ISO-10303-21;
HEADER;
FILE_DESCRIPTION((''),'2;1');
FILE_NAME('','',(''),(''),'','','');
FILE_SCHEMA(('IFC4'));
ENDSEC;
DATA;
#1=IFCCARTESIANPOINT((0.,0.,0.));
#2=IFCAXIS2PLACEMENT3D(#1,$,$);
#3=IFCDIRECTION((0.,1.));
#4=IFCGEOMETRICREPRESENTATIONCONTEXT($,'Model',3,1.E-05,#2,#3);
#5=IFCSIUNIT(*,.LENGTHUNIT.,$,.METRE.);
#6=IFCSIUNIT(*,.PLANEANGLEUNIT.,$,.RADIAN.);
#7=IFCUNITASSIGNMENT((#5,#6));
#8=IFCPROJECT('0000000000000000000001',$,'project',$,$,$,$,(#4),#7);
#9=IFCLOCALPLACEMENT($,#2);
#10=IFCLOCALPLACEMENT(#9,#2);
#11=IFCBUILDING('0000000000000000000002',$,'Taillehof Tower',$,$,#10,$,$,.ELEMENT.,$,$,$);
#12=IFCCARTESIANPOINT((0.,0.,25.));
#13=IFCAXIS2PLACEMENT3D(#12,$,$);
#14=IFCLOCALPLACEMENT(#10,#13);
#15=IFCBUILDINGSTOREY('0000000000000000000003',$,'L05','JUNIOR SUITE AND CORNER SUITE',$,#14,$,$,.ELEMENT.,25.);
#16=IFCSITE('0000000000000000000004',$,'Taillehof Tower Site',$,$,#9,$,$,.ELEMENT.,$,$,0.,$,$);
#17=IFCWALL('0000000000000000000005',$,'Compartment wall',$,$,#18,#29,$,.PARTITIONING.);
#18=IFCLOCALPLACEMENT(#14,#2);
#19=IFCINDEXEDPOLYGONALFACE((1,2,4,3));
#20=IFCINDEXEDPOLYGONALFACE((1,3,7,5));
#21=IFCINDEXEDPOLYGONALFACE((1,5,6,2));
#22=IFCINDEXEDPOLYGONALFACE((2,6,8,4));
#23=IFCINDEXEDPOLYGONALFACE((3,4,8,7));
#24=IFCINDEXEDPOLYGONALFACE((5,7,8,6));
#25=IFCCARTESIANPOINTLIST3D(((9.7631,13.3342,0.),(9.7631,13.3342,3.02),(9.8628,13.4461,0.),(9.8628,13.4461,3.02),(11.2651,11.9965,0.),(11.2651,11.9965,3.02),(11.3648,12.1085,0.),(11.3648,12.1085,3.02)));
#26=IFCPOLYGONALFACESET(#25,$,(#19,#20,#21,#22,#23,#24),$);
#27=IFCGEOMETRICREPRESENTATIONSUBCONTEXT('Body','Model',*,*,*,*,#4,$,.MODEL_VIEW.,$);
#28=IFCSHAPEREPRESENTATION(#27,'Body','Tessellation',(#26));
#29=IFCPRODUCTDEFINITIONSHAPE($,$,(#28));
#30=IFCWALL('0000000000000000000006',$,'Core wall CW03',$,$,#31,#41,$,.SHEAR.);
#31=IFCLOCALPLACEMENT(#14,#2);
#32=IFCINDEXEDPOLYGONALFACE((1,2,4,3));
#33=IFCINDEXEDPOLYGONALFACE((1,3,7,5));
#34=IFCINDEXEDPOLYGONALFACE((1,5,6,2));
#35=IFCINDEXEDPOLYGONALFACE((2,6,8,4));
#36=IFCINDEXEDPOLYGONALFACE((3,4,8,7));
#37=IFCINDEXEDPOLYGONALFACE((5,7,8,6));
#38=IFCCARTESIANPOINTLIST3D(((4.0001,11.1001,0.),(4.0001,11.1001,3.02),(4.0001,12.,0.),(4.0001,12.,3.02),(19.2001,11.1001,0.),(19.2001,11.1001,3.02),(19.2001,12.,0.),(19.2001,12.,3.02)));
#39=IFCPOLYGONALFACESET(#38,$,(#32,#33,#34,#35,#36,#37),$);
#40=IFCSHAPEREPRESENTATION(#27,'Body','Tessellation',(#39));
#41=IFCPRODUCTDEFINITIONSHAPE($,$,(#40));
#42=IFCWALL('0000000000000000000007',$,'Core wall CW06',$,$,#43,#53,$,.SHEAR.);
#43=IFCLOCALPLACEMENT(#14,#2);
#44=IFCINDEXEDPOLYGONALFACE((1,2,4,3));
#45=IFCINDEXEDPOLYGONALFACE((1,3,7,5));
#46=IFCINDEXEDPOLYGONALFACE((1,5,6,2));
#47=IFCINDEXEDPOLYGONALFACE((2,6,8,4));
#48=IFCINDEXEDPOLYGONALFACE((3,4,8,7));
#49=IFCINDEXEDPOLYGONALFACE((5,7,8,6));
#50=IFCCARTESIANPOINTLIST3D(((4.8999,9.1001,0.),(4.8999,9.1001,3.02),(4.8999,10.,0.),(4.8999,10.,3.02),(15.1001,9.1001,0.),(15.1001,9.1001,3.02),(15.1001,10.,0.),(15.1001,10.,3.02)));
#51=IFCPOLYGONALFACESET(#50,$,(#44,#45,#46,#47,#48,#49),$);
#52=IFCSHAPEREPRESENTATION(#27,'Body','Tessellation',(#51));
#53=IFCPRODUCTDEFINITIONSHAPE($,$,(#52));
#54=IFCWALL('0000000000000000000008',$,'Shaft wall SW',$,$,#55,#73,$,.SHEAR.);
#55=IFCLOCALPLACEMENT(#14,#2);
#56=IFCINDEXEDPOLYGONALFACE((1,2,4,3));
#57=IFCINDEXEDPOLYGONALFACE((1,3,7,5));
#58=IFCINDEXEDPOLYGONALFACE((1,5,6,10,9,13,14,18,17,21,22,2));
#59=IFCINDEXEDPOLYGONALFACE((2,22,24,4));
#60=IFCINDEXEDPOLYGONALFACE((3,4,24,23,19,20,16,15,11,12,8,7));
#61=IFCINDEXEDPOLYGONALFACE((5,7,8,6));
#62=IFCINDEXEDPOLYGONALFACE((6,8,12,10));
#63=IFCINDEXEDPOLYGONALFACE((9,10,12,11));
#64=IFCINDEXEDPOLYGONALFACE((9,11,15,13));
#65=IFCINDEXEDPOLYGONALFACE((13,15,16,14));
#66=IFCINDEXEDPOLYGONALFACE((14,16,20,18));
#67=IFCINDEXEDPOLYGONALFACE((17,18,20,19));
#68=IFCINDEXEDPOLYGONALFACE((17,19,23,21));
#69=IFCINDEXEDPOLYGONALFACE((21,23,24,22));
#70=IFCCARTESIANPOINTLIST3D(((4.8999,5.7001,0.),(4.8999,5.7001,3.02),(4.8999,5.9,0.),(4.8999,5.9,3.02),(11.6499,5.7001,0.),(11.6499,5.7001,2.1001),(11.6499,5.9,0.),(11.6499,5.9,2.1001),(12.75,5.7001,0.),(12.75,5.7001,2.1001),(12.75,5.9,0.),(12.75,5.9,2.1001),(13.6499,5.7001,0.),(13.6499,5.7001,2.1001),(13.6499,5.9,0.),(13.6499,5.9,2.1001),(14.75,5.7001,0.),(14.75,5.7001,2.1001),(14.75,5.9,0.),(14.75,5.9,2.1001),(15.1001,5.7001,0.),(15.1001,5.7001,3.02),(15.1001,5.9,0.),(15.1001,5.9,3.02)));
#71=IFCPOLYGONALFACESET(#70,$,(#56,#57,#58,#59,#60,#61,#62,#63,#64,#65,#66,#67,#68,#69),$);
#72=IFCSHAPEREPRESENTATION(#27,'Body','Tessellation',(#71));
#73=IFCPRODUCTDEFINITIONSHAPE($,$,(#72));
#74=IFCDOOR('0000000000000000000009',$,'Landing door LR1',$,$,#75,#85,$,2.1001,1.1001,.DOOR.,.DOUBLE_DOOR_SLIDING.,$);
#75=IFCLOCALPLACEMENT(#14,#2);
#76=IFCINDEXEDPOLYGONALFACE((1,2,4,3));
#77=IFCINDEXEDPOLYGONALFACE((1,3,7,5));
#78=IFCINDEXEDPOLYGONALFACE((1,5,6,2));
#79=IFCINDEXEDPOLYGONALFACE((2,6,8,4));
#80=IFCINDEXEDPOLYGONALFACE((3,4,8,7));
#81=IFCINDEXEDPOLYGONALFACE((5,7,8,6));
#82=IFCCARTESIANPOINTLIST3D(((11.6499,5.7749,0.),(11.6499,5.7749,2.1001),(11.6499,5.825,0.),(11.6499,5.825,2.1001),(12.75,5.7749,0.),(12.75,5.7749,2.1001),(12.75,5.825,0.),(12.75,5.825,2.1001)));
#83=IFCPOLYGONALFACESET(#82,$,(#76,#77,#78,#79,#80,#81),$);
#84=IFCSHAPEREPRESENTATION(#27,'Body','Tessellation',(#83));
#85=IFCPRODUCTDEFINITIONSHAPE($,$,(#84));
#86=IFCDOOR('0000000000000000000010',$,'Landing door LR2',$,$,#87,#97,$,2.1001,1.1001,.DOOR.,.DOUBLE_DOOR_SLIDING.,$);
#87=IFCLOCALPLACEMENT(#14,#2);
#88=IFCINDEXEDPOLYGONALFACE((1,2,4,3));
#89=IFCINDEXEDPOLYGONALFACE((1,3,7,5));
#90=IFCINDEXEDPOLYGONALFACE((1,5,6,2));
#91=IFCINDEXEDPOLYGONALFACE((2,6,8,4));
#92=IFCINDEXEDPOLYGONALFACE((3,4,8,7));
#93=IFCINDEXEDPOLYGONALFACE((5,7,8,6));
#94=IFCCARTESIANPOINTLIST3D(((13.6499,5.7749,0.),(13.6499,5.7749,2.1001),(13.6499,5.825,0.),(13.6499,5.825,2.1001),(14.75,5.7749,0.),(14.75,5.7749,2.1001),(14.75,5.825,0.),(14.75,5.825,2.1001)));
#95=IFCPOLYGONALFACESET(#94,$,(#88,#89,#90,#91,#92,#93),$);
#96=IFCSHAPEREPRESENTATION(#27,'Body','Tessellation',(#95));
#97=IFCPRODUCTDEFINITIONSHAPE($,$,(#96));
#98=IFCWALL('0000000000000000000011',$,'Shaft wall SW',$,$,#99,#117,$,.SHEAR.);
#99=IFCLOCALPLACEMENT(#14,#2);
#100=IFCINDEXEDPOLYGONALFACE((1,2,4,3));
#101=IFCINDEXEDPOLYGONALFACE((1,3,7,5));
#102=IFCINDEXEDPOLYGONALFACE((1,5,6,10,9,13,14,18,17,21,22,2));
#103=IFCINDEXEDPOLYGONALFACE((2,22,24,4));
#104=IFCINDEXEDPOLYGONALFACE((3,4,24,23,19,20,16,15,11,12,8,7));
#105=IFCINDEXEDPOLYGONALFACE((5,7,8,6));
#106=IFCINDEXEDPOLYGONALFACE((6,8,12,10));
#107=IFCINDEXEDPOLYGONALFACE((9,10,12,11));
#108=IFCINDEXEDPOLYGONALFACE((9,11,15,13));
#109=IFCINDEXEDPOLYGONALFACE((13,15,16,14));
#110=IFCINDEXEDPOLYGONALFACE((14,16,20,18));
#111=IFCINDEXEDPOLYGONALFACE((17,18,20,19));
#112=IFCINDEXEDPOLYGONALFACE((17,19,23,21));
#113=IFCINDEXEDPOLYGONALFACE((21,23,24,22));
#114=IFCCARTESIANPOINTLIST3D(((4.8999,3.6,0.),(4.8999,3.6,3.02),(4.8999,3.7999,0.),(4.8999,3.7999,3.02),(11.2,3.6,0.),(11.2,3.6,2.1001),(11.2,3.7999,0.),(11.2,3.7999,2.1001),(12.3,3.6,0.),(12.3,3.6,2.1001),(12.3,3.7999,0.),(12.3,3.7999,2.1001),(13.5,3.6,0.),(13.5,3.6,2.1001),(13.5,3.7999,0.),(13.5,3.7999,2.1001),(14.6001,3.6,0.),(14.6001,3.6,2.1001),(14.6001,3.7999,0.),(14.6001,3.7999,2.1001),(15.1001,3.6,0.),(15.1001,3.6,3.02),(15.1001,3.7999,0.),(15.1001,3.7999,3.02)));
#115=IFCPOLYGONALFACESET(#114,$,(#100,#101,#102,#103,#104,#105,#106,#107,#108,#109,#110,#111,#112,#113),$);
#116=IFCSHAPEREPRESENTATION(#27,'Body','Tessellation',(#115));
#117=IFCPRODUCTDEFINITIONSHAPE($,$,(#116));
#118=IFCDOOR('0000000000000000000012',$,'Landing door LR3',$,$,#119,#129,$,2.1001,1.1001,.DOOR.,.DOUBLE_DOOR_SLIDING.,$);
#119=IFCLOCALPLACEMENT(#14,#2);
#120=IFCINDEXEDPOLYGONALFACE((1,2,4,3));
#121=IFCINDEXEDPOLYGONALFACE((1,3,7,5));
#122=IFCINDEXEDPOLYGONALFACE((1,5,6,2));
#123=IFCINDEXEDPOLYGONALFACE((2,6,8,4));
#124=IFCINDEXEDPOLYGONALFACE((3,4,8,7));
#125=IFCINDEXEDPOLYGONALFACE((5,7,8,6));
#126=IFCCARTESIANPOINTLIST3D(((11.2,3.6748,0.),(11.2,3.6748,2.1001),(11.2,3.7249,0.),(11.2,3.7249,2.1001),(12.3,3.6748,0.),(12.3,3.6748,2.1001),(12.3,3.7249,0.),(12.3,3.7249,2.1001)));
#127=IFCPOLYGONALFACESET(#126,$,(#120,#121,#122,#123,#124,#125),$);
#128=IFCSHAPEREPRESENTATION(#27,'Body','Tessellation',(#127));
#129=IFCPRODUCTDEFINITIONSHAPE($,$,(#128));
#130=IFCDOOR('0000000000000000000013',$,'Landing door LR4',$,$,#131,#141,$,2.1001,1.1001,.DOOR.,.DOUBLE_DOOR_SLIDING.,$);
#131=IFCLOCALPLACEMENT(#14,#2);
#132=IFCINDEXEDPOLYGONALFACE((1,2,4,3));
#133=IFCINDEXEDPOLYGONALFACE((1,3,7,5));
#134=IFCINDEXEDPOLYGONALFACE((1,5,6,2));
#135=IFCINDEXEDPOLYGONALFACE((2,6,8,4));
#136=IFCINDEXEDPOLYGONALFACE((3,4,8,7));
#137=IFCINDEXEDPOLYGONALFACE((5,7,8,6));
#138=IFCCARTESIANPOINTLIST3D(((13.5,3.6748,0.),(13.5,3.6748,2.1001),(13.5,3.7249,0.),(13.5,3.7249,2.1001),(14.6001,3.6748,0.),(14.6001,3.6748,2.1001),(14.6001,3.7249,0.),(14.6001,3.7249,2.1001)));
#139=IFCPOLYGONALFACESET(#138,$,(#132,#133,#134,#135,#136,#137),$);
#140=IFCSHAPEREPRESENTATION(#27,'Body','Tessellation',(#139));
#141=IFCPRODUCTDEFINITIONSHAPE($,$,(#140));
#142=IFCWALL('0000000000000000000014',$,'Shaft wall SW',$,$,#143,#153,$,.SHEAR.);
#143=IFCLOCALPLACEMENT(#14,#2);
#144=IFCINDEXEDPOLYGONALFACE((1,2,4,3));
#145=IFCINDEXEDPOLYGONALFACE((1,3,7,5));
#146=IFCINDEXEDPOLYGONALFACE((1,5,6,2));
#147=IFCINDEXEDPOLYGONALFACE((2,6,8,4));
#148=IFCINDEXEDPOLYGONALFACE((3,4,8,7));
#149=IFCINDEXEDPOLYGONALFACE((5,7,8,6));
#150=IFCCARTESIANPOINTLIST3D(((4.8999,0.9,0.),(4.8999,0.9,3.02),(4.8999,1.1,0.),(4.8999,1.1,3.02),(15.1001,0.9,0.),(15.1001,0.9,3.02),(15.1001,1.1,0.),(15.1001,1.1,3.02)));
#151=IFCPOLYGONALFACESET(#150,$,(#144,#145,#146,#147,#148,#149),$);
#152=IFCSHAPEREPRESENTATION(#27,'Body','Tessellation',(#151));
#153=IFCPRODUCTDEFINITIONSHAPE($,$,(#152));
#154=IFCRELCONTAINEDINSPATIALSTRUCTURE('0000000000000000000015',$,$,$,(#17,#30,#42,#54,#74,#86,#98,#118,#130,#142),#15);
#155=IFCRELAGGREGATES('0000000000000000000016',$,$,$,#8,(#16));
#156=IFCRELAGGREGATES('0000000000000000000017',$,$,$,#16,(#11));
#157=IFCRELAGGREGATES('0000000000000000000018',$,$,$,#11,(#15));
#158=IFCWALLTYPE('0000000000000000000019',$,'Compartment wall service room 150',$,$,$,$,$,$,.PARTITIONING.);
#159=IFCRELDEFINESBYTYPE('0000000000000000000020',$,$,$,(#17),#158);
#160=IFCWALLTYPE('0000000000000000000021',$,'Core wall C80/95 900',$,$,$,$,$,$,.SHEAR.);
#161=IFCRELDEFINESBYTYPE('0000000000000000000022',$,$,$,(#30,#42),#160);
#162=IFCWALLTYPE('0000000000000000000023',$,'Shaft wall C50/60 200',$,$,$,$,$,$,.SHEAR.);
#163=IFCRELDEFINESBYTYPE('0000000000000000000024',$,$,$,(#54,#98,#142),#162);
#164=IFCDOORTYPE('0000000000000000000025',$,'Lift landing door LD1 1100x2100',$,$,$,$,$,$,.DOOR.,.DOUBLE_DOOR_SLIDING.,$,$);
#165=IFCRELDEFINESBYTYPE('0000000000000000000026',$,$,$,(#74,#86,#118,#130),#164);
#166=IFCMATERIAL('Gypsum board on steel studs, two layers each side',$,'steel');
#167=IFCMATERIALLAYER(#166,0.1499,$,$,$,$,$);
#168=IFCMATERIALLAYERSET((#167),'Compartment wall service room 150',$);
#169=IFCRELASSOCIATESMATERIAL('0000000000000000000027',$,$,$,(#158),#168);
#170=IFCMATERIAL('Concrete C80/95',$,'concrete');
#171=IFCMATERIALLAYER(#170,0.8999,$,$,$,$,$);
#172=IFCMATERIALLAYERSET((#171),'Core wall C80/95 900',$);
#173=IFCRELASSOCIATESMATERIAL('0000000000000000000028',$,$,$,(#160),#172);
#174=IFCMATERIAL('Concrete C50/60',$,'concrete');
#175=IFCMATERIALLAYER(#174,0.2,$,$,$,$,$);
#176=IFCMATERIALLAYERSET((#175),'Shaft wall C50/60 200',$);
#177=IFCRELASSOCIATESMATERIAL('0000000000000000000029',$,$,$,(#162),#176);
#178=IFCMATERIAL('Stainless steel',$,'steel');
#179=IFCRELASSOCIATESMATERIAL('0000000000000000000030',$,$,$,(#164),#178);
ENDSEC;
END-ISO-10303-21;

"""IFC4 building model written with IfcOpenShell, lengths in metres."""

from ifc_helpers import new_model, si_unit, direction, frame, frame_2d, origin, place, context, subcontext, project, spatial, rectangle, extrude, material, layer, layer_set, type_object, element, fill, save


model = new_model("IFC4")

# Units and contexts
model_context = context("Model", 3, precision=1e-05, world=origin(), true_north=direction((0.0, 1.0)))
body_context = subcontext(model_context, "Body", "Model", "MODEL_VIEW")
ifc_project = project(units=[si_unit("LENGTHUNIT", "METRE"), si_unit("PLANEANGLEUNIT", "RADIAN")], contexts=[model_context])

# Site, building, storey
site_placement = place(None, origin())
site = spatial("IfcSite", under=ifc_project, at=site_placement, Name="Taillehof Tower Site", CompositionType="ELEMENT", RefElevation=0.0)
building_placement = place(site_placement, origin())
building = spatial("IfcBuilding", under=site, at=building_placement, Name="Taillehof Tower", CompositionType="ELEMENT")
storey_placement = place(building_placement, frame((0.0, 0.0, 25.0)))
storey = spatial("IfcBuildingStorey", under=building, at=storey_placement, Name="L05", Description="JUNIOR SUITE AND CORNER SUITE", CompositionType="ELEMENT", Elevation=25.0)

# Shared definitions
ifc_material_1 = material(Name="Gypsum board on steel studs, two layers each side", Category="steel")
ifc_layer_1 = layer(ifc_material_1, 0.1499)
ifc_layer_set_1 = layer_set([ifc_layer_1], Name="Compartment wall service room 150")
wall_type_1 = type_object("IfcWallType", Name="Compartment wall service room 150", PredefinedType="PARTITIONING", material=ifc_layer_set_1)

# Walls
wall_1_placement = place(storey_placement, frame((9.813, 13.3901, 0.0), z_axis=(0.0, 0.0, 1.0), x_axis=(0.746773, -0.665079, 0.0)))
element("IfcWall", 1, at=wall_1_placement, inside=storey, type_object=wall_type_1, Name="Compartment wall", PredefinedType="PARTITIONING", context=body_context, shape_type="SweptSolid", body=[
    extrude(rectangle(XDim=2.0112, YDim=0.1499, at=frame_2d((1.0056, 0.0))), origin(), (0.0, 0.0, 1.0), 3.02),
])
ifc_material_2 = material(Name="Concrete C80/95", Category="concrete")
ifc_layer_2 = layer(ifc_material_2, 0.8999)
ifc_layer_set_2 = layer_set([ifc_layer_2], Name="Core wall C80/95 900")
wall_type_2 = type_object("IfcWallType", Name="Core wall C80/95 900", PredefinedType="SHEAR", material=ifc_layer_set_2)
wall_2_placement = place(storey_placement, frame((4.0, 11.55, 0.0), z_axis=(0.0, 0.0, 1.0), x_axis=(1.0, 0.0, 0.0)))
element("IfcWall", 2, at=wall_2_placement, inside=storey, type_object=wall_type_2, Name="Core wall CW03", PredefinedType="SHEAR", context=body_context, shape_type="SweptSolid", body=[
    extrude(rectangle(XDim=15.2, YDim=0.8999, at=frame_2d((7.6001, 0.0))), origin(), (0.0, 0.0, 1.0), 3.02),
])
wall_3_placement = place(storey_placement, frame((4.8999, 9.55, 0.0), z_axis=(0.0, 0.0, 1.0), x_axis=(1.0, 0.0, 0.0)))
element("IfcWall", 3, at=wall_3_placement, inside=storey, type_object=wall_type_2, Name="Core wall CW06", PredefinedType="SHEAR", context=body_context, shape_type="SweptSolid", body=[
    extrude(rectangle(XDim=10.2002, YDim=0.8999, at=frame_2d((5.1001, 0.0))), origin(), (0.0, 0.0, 1.0), 3.02),
])

# Walls, openings, doors
ifc_material_3 = material(Name="Concrete C50/60", Category="concrete")
ifc_layer_3 = layer(ifc_material_3, 0.2)
ifc_layer_set_3 = layer_set([ifc_layer_3], Name="Shaft wall C50/60 200")
wall_type_3 = type_object("IfcWallType", Name="Shaft wall C50/60 200", PredefinedType="SHEAR", material=ifc_layer_set_3)
wall_4_placement = place(storey_placement, frame((4.8999, 5.8, 0.0), z_axis=(0.0, 0.0, 1.0), x_axis=(1.0, 0.0, 0.0)))
wall_4 = element("IfcWall", 4, at=wall_4_placement, inside=storey, type_object=wall_type_3, Name="Shaft wall SW", PredefinedType="SHEAR", context=body_context, shape_type="SweptSolid", body=[
    extrude(rectangle(XDim=10.2002, YDim=0.2, at=frame_2d((5.1001, 0.0))), origin(), (0.0, 0.0, 1.0), 3.02),
])
opening_1_placement = place(wall_4_placement, frame((6.75, 0.0, 0.0)))
opening_1 = element("IfcOpeningElement", 5, at=opening_1_placement, cuts=wall_4, PredefinedType="OPENING", context=body_context, shape_type="SweptSolid", body=[
    extrude(rectangle(XDim=1.1001, YDim=2.1001, at=frame_2d((0.55, 1.05))), frame((0.0, 0.1099, 0.0), z_axis=(0.0, -1.0, 0.0), x_axis=(1.0, 0.0, 0.0)), (0.0, 0.0, 1.0), 0.22),
])
opening_2_placement = place(wall_4_placement, frame((8.75, 0.0, 0.0)))
opening_2 = element("IfcOpeningElement", 6, at=opening_2_placement, cuts=wall_4, PredefinedType="OPENING", context=body_context, shape_type="SweptSolid", body=[
    extrude(rectangle(XDim=1.1001, YDim=2.1001, at=frame_2d((0.55, 1.05))), frame((0.0, 0.1099, 0.0), z_axis=(0.0, -1.0, 0.0), x_axis=(1.0, 0.0, 0.0)), (0.0, 0.0, 1.0), 0.22),
])
ifc_material_4 = material(Name="Stainless steel", Category="steel")
door_type_1 = type_object("IfcDoorType", Name="Lift landing door LD1 1100x2100", OperationType="DOUBLE_DOOR_SLIDING", PredefinedType="DOOR", material=ifc_material_4)
door_1_placement = place(opening_1_placement, origin())
door_1 = element("IfcDoor", 7, at=door_1_placement, inside=storey, type_object=door_type_1, Name="Landing door LR1", OperationType="DOUBLE_DOOR_SLIDING", OverallHeight=2.1001, OverallWidth=1.1001, PredefinedType="DOOR", context=body_context, shape_type="SweptSolid", body=[
    extrude(rectangle(XDim=1.1001, YDim=2.1001, at=frame_2d((0.55, 1.05))), frame((0.0, 0.0249, 0.0), z_axis=(0.0, -1.0, 0.0), x_axis=(1.0, 0.0, 0.0)), (0.0, 0.0, 1.0), 0.05),
])
fill(opening_1, door_1)
door_2_placement = place(opening_2_placement, origin())
door_2 = element("IfcDoor", 8, at=door_2_placement, inside=storey, type_object=door_type_1, Name="Landing door LR2", OperationType="DOUBLE_DOOR_SLIDING", OverallHeight=2.1001, OverallWidth=1.1001, PredefinedType="DOOR", context=body_context, shape_type="SweptSolid", body=[
    extrude(rectangle(XDim=1.1001, YDim=2.1001, at=frame_2d((0.55, 1.05))), frame((0.0, 0.0249, 0.0), z_axis=(0.0, -1.0, 0.0), x_axis=(1.0, 0.0, 0.0)), (0.0, 0.0, 1.0), 0.05),
])
fill(opening_2, door_2)
wall_5_placement = place(storey_placement, frame((4.8999, 3.7, 0.0), z_axis=(0.0, 0.0, 1.0), x_axis=(1.0, 0.0, 0.0)))
wall_5 = element("IfcWall", 9, at=wall_5_placement, inside=storey, type_object=wall_type_3, Name="Shaft wall SW", PredefinedType="SHEAR", context=body_context, shape_type="SweptSolid", body=[
    extrude(rectangle(XDim=10.2002, YDim=0.2, at=frame_2d((5.1001, 0.0))), origin(), (0.0, 0.0, 1.0), 3.02),
])
opening_3_placement = place(wall_5_placement, frame((6.3, 0.0, 0.0)))
opening_3 = element("IfcOpeningElement", 10, at=opening_3_placement, cuts=wall_5, PredefinedType="OPENING", context=body_context, shape_type="SweptSolid", body=[
    extrude(rectangle(XDim=1.1001, YDim=2.1001, at=frame_2d((0.55, 1.05))), frame((0.0, 0.1099, 0.0), z_axis=(0.0, -1.0, 0.0), x_axis=(1.0, 0.0, 0.0)), (0.0, 0.0, 1.0), 0.22),
])
opening_4_placement = place(wall_5_placement, frame((8.6001, 0.0, 0.0)))
opening_4 = element("IfcOpeningElement", 11, at=opening_4_placement, cuts=wall_5, PredefinedType="OPENING", context=body_context, shape_type="SweptSolid", body=[
    extrude(rectangle(XDim=1.1001, YDim=2.1001, at=frame_2d((0.55, 1.05))), frame((0.0, 0.1099, 0.0), z_axis=(0.0, -1.0, 0.0), x_axis=(1.0, 0.0, 0.0)), (0.0, 0.0, 1.0), 0.22),
])
door_3_placement = place(opening_3_placement, origin())
door_3 = element("IfcDoor", 12, at=door_3_placement, inside=storey, type_object=door_type_1, Name="Landing door LR3", OperationType="DOUBLE_DOOR_SLIDING", OverallHeight=2.1001, OverallWidth=1.1001, PredefinedType="DOOR", context=body_context, shape_type="SweptSolid", body=[
    extrude(rectangle(XDim=1.1001, YDim=2.1001, at=frame_2d((0.55, 1.05))), frame((0.0, 0.0249, 0.0), z_axis=(0.0, -1.0, 0.0), x_axis=(1.0, 0.0, 0.0)), (0.0, 0.0, 1.0), 0.05),
])
fill(opening_3, door_3)
door_4_placement = place(opening_4_placement, origin())
door_4 = element("IfcDoor", 13, at=door_4_placement, inside=storey, type_object=door_type_1, Name="Landing door LR4", OperationType="DOUBLE_DOOR_SLIDING", OverallHeight=2.1001, OverallWidth=1.1001, PredefinedType="DOOR", context=body_context, shape_type="SweptSolid", body=[
    extrude(rectangle(XDim=1.1001, YDim=2.1001, at=frame_2d((0.55, 1.05))), frame((0.0, 0.0249, 0.0), z_axis=(0.0, -1.0, 0.0), x_axis=(1.0, 0.0, 0.0)), (0.0, 0.0, 1.0), 0.05),
])
fill(opening_4, door_4)

# Wall
wall_6_placement = place(storey_placement, frame((4.8999, 1.0, 0.0), z_axis=(0.0, 0.0, 1.0), x_axis=(1.0, 0.0, 0.0)))
element("IfcWall", 14, at=wall_6_placement, inside=storey, type_object=wall_type_3, Name="Shaft wall SW", PredefinedType="SHEAR", context=body_context, shape_type="SweptSolid", body=[
    extrude(rectangle(XDim=10.2002, YDim=0.2, at=frame_2d((5.1001, 0.0))), origin(), (0.0, 0.0, 1.0), 3.02),
])

save(model, "model.ifc")
